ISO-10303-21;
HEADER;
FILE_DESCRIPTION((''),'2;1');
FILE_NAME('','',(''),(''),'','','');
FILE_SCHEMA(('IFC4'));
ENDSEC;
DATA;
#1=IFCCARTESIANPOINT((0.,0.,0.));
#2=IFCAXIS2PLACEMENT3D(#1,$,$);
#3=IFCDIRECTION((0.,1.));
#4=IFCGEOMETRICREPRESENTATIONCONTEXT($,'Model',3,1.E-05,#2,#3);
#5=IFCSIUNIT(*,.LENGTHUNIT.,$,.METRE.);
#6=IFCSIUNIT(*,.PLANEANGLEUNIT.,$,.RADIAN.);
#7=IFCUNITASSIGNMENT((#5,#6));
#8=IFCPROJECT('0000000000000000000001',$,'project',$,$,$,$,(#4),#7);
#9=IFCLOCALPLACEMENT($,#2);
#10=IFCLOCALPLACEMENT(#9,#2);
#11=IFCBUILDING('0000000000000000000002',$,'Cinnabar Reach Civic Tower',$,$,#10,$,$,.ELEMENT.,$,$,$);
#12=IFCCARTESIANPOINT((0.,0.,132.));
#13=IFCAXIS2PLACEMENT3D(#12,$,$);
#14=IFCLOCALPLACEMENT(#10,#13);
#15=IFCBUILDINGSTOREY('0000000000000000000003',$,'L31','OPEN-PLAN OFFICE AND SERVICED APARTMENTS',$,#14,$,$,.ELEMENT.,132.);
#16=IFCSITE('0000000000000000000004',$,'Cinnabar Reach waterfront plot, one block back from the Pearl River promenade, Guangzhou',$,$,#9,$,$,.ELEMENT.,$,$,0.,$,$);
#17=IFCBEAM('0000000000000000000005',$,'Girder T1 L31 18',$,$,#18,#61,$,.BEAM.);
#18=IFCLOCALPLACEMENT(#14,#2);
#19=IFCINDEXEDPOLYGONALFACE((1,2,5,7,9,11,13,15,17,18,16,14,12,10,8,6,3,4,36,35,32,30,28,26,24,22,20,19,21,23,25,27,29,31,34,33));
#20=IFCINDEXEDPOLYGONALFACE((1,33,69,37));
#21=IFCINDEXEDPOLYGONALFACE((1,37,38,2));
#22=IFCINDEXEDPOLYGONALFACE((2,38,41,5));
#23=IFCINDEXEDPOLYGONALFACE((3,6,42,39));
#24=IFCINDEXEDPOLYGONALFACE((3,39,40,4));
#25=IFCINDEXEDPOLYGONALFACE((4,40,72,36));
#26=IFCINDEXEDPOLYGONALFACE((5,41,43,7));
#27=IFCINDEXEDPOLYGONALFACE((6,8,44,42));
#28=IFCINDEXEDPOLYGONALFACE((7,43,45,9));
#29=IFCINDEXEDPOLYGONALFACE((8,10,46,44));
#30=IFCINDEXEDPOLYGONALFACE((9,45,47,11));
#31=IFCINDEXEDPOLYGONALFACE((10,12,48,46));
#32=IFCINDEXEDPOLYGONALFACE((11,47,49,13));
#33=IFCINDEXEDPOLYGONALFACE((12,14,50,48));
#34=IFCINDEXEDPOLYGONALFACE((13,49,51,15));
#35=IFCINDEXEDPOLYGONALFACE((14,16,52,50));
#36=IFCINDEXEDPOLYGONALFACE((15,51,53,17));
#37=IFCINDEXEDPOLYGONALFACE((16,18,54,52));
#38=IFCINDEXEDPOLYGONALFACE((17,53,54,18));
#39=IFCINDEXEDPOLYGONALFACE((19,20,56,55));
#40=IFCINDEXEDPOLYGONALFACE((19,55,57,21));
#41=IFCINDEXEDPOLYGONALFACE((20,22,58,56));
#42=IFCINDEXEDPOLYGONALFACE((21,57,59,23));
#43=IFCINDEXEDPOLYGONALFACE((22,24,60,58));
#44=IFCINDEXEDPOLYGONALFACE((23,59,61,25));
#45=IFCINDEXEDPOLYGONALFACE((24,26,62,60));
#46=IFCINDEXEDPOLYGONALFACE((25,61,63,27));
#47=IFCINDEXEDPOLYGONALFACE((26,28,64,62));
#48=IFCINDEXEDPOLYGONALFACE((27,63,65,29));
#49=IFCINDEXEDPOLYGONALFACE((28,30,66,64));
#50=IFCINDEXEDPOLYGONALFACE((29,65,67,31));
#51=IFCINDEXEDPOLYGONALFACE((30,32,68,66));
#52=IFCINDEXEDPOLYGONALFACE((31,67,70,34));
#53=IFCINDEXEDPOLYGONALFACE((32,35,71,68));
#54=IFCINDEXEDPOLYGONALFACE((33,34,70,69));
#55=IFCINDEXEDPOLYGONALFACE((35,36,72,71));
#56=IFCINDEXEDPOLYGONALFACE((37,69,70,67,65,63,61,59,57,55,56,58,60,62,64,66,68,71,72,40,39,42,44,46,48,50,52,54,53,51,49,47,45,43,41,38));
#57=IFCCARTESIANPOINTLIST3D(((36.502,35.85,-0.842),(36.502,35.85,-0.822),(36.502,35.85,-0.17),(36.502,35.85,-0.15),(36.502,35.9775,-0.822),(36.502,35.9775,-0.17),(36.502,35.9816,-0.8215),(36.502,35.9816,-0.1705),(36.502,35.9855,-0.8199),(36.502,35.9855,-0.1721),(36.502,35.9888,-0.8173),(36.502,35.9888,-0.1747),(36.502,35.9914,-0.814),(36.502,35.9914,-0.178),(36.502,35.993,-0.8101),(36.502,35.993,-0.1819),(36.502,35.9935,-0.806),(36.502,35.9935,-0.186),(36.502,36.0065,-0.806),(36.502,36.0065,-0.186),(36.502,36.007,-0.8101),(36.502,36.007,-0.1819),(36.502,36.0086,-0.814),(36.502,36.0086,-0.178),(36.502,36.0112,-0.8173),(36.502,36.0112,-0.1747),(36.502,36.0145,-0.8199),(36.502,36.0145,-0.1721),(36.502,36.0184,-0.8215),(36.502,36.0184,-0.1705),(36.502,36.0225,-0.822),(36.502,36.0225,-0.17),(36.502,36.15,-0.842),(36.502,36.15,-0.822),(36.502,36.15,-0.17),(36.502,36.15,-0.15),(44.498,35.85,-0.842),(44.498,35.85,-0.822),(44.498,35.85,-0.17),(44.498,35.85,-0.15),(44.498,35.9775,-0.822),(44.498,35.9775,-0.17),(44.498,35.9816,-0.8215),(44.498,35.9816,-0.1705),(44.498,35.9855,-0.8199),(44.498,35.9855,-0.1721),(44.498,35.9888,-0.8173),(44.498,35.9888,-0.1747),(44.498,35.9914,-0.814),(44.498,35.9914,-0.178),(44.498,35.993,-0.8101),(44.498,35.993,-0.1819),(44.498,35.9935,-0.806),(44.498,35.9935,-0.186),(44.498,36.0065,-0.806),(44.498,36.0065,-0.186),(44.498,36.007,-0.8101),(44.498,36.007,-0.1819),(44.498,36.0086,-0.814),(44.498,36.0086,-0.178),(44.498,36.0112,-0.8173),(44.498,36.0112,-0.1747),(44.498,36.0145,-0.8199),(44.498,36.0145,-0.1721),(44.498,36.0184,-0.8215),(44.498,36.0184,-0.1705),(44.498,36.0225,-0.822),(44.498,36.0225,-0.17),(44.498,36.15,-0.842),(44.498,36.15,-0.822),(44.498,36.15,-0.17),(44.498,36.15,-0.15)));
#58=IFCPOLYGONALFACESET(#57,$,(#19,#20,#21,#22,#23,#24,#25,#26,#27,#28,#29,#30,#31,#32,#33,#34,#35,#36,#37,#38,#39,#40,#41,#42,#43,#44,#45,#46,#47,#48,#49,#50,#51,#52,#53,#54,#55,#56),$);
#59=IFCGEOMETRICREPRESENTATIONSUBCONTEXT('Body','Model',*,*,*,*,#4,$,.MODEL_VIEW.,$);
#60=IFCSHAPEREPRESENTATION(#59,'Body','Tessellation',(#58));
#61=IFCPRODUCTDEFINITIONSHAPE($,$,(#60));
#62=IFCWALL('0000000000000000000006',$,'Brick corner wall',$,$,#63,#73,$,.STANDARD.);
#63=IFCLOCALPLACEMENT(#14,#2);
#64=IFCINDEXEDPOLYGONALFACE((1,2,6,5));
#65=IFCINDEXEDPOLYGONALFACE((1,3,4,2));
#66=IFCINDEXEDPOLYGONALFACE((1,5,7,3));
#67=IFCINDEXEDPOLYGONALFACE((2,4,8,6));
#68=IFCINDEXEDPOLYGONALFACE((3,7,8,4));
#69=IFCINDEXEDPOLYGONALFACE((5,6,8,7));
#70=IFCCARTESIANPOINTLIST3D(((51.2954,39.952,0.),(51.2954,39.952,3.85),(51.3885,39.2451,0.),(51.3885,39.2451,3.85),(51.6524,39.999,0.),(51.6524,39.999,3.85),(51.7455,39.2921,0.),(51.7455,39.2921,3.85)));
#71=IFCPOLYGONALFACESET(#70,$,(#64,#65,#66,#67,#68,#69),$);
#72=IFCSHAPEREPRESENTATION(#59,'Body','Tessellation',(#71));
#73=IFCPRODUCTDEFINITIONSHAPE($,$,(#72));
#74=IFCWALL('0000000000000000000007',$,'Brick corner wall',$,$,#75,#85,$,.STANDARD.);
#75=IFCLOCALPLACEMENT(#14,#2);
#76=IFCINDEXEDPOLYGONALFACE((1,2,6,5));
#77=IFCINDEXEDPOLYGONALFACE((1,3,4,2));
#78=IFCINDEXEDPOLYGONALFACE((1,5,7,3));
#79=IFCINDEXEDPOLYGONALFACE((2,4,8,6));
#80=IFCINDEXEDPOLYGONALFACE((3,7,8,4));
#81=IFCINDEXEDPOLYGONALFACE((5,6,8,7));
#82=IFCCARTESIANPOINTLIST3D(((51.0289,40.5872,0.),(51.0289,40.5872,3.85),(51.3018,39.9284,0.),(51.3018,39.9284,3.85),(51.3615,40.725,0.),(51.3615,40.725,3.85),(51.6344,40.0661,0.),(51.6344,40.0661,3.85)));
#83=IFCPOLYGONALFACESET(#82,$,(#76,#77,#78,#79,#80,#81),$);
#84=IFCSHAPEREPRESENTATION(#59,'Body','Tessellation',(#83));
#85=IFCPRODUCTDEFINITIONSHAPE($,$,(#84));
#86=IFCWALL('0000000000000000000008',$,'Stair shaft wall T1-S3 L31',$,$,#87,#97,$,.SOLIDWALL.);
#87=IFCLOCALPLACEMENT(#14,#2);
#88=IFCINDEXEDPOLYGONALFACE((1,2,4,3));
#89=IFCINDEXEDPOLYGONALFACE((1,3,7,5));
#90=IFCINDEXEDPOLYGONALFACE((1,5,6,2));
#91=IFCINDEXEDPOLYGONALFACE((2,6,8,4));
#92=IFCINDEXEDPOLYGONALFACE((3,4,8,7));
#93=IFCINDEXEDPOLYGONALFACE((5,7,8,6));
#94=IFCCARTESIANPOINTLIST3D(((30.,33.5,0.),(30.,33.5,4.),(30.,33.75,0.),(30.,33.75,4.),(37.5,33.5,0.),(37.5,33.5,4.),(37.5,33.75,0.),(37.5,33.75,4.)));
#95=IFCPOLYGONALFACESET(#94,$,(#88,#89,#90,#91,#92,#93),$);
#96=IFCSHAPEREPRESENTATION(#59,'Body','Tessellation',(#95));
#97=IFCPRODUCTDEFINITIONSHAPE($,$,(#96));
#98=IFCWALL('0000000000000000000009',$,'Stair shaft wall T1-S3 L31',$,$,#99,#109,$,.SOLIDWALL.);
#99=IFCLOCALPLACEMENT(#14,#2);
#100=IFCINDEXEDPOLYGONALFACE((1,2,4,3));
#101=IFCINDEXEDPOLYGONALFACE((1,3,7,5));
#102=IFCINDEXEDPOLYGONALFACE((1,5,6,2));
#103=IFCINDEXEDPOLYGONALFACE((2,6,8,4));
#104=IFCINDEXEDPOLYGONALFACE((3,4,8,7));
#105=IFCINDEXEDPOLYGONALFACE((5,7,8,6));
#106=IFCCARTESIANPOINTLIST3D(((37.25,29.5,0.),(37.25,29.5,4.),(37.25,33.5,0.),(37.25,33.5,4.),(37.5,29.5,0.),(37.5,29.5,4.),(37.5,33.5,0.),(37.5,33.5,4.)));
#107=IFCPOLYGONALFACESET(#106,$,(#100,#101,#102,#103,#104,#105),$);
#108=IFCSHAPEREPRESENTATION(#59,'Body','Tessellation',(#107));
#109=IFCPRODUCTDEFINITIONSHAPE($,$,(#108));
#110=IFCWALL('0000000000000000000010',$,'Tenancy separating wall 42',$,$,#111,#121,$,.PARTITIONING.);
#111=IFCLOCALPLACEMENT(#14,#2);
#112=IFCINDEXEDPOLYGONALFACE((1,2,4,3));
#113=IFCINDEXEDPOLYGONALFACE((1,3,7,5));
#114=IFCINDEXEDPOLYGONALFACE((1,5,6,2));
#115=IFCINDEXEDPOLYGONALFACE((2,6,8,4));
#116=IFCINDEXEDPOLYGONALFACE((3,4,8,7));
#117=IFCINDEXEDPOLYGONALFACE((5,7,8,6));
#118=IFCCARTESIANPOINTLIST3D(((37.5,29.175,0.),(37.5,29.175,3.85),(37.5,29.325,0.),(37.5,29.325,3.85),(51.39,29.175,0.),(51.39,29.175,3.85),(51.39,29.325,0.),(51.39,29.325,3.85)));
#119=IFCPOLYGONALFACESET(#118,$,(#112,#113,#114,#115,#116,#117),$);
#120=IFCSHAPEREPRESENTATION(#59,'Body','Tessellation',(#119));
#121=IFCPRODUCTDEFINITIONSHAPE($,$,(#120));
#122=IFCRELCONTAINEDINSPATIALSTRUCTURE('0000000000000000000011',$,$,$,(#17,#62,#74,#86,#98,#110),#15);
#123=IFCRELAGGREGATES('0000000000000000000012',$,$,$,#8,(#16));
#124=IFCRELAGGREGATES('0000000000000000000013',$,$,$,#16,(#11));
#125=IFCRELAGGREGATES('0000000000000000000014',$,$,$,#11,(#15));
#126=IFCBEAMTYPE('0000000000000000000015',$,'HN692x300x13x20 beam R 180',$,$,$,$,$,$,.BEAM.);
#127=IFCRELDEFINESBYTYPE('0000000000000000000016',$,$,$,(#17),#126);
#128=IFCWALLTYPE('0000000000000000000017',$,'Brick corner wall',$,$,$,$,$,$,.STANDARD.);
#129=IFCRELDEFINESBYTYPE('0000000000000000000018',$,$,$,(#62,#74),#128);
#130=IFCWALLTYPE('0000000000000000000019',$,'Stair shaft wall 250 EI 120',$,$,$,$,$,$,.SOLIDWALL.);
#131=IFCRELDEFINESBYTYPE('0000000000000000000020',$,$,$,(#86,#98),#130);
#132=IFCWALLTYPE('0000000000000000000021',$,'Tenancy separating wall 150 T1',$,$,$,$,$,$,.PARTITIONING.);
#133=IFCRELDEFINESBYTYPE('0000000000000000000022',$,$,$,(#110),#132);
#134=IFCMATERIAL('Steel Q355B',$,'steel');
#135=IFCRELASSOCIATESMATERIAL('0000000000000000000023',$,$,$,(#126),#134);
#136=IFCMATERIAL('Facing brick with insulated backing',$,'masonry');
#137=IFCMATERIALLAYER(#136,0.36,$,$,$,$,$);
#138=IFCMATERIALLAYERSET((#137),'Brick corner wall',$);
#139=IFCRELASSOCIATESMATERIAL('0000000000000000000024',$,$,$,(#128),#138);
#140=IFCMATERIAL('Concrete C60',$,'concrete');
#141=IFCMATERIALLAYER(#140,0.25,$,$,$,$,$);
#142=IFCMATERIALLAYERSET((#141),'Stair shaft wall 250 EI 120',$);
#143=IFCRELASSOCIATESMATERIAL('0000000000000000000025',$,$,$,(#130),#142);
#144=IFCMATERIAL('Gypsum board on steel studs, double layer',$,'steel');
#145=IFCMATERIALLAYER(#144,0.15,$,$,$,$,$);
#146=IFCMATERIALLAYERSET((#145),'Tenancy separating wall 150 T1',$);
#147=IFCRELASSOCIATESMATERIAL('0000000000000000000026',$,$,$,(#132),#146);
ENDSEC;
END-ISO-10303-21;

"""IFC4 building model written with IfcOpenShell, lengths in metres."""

from ifc_helpers import new_model, si_unit, direction, frame, frame_2d, origin, origin_2d, place, context, subcontext, project, spatial, rectangle, i_section, extrude, material, layer, layer_set, material_profile, profile_set, type_object, element, save


model = new_model("IFC4")

# Units and contexts
model_context = context("Model", 3, precision=1e-05, world=origin(), true_north=direction((0.0, 1.0)))
body_context = subcontext(model_context, "Body", "Model", "MODEL_VIEW")
ifc_project = project(units=[si_unit("LENGTHUNIT", "METRE"), si_unit("PLANEANGLEUNIT", "RADIAN")], contexts=[model_context])

# Site, building, storey
site_placement = place(None, origin())
site = spatial("IfcSite", under=ifc_project, at=site_placement, Name="Cinnabar Reach waterfront plot, one block back from the Pearl River promenade, Guangzhou", CompositionType="ELEMENT", RefElevation=0.0)
building_placement = place(site_placement, origin())
building = spatial("IfcBuilding", under=site, at=building_placement, Name="Cinnabar Reach Civic Tower", CompositionType="ELEMENT")
storey_placement = place(building_placement, frame((0.0, 0.0, 132.0)))
storey = spatial("IfcBuildingStorey", under=building, at=storey_placement, Name="L31", Description="OPEN-PLAN OFFICE AND SERVICED APARTMENTS", CompositionType="ELEMENT", Elevation=132.0)

# Beam
ifc_material_1 = material(Name="Steel Q355B", Category="steel")
ifc_material_profile_1 = material_profile(ifc_material_1, i_section(OverallWidth=0.3, OverallDepth=0.692, WebThickness=0.013, FlangeThickness=0.02, FilletRadius=0.016, at=origin_2d()), Name="HN692x300x13x20")
ifc_profile_set_1 = profile_set([ifc_material_profile_1], Name="Steel Q355B")
beam_type_1 = type_object("IfcBeamType", Name="HN692x300x13x20 beam R 180", PredefinedType="BEAM", material=ifc_profile_set_1)
beam_1_placement = place(storey_placement, frame((36.502, 36.0, -0.496), z_axis=(1.0, 0.0, 0.0), x_axis=(0.0, 1.0, 0.0)))
element("IfcBeam", 1, at=beam_1_placement, inside=storey, type_object=beam_type_1, Name="Girder T1 L31 18", PredefinedType="BEAM", context=body_context, shape_type="SweptSolid", body=[
    extrude(i_section(OverallWidth=0.3, OverallDepth=0.692, WebThickness=0.013, FlangeThickness=0.02, FilletRadius=0.016, at=origin_2d()), origin(), (0.0, 0.0, 1.0), 7.996),
])

# Walls
ifc_material_2 = material(Name="Facing brick with insulated backing", Category="masonry")
ifc_layer_1 = layer(ifc_material_2, 0.36)
ifc_layer_set_1 = layer_set([ifc_layer_1], Name="Brick corner wall")
wall_type_1 = type_object("IfcWallType", Name="Brick corner wall", PredefinedType="STANDARD", material=ifc_layer_set_1)
for number, where, z_axis, x_axis, name in (
    (2, (51.567, 39.2686, 0.0), (0.0, 0.0, 1.0), (-0.130556, 0.991441, 0.0), "Brick corner wall"),
    (3, (51.4681, 39.9973, 0.0), (0.0, 0.0, 1.0), (-0.382703, 0.923872, 0.0), "Brick corner wall"),
):
    element("IfcWall", number, at=place(storey_placement, frame(where, z_axis=z_axis, x_axis=x_axis)), inside=storey, type_object=wall_type_1, Name=name, PredefinedType="STANDARD", context=body_context, shape_type="SweptSolid", body=[
        extrude(rectangle(XDim=0.7131, YDim=0.36, at=frame_2d((0.3565, 0.0))), origin(), (0.0, 0.0, 1.0), 3.85),
    ])
ifc_material_3 = material(Name="Concrete C60", Category="concrete")
ifc_layer_2 = layer(ifc_material_3, 0.25)
ifc_layer_set_2 = layer_set([ifc_layer_2], Name="Stair shaft wall 250 EI 120")
wall_type_2 = type_object("IfcWallType", Name="Stair shaft wall 250 EI 120", PredefinedType="SOLIDWALL", material=ifc_layer_set_2)
wall_1_placement = place(storey_placement, frame((37.5, 33.625, 0.0), z_axis=(0.0, 0.0, 1.0), x_axis=(-1.0, 0.0, 0.0)))
element("IfcWall", 4, at=wall_1_placement, inside=storey, type_object=wall_type_2, Name="Stair shaft wall T1-S3 L31", PredefinedType="SOLIDWALL", context=body_context, shape_type="SweptSolid", body=[
    extrude(rectangle(XDim=7.5, YDim=0.25, at=frame_2d((3.75, 0.0))), origin(), (0.0, 0.0, 1.0), 4.0),
])
wall_2_placement = place(storey_placement, frame((37.375, 29.5, 0.0), z_axis=(0.0, 0.0, 1.0), x_axis=(0.0, 1.0, 0.0)))
element("IfcWall", 5, at=wall_2_placement, inside=storey, type_object=wall_type_2, Name="Stair shaft wall T1-S3 L31", PredefinedType="SOLIDWALL", context=body_context, shape_type="SweptSolid", body=[
    extrude(rectangle(XDim=4.0, YDim=0.25, at=frame_2d((2.0, 0.0))), origin(), (0.0, 0.0, 1.0), 4.0),
])
ifc_material_4 = material(Name="Gypsum board on steel studs, double layer", Category="steel")
ifc_layer_3 = layer(ifc_material_4, 0.15)
ifc_layer_set_3 = layer_set([ifc_layer_3], Name="Tenancy separating wall 150 T1")
wall_type_3 = type_object("IfcWallType", Name="Tenancy separating wall 150 T1", PredefinedType="PARTITIONING", material=ifc_layer_set_3)
wall_3_placement = place(storey_placement, frame((37.5, 29.25, 0.0), z_axis=(0.0, 0.0, 1.0), x_axis=(1.0, 0.0, 0.0)))
element("IfcWall", 6, at=wall_3_placement, inside=storey, type_object=wall_type_3, Name="Tenancy separating wall 42", PredefinedType="PARTITIONING", context=body_context, shape_type="SweptSolid", body=[
    extrude(rectangle(XDim=13.89, YDim=0.15, at=frame_2d((6.945, 0.0))), origin(), (0.0, 0.0, 1.0), 3.85),
])

save(model, "model.ifc")
